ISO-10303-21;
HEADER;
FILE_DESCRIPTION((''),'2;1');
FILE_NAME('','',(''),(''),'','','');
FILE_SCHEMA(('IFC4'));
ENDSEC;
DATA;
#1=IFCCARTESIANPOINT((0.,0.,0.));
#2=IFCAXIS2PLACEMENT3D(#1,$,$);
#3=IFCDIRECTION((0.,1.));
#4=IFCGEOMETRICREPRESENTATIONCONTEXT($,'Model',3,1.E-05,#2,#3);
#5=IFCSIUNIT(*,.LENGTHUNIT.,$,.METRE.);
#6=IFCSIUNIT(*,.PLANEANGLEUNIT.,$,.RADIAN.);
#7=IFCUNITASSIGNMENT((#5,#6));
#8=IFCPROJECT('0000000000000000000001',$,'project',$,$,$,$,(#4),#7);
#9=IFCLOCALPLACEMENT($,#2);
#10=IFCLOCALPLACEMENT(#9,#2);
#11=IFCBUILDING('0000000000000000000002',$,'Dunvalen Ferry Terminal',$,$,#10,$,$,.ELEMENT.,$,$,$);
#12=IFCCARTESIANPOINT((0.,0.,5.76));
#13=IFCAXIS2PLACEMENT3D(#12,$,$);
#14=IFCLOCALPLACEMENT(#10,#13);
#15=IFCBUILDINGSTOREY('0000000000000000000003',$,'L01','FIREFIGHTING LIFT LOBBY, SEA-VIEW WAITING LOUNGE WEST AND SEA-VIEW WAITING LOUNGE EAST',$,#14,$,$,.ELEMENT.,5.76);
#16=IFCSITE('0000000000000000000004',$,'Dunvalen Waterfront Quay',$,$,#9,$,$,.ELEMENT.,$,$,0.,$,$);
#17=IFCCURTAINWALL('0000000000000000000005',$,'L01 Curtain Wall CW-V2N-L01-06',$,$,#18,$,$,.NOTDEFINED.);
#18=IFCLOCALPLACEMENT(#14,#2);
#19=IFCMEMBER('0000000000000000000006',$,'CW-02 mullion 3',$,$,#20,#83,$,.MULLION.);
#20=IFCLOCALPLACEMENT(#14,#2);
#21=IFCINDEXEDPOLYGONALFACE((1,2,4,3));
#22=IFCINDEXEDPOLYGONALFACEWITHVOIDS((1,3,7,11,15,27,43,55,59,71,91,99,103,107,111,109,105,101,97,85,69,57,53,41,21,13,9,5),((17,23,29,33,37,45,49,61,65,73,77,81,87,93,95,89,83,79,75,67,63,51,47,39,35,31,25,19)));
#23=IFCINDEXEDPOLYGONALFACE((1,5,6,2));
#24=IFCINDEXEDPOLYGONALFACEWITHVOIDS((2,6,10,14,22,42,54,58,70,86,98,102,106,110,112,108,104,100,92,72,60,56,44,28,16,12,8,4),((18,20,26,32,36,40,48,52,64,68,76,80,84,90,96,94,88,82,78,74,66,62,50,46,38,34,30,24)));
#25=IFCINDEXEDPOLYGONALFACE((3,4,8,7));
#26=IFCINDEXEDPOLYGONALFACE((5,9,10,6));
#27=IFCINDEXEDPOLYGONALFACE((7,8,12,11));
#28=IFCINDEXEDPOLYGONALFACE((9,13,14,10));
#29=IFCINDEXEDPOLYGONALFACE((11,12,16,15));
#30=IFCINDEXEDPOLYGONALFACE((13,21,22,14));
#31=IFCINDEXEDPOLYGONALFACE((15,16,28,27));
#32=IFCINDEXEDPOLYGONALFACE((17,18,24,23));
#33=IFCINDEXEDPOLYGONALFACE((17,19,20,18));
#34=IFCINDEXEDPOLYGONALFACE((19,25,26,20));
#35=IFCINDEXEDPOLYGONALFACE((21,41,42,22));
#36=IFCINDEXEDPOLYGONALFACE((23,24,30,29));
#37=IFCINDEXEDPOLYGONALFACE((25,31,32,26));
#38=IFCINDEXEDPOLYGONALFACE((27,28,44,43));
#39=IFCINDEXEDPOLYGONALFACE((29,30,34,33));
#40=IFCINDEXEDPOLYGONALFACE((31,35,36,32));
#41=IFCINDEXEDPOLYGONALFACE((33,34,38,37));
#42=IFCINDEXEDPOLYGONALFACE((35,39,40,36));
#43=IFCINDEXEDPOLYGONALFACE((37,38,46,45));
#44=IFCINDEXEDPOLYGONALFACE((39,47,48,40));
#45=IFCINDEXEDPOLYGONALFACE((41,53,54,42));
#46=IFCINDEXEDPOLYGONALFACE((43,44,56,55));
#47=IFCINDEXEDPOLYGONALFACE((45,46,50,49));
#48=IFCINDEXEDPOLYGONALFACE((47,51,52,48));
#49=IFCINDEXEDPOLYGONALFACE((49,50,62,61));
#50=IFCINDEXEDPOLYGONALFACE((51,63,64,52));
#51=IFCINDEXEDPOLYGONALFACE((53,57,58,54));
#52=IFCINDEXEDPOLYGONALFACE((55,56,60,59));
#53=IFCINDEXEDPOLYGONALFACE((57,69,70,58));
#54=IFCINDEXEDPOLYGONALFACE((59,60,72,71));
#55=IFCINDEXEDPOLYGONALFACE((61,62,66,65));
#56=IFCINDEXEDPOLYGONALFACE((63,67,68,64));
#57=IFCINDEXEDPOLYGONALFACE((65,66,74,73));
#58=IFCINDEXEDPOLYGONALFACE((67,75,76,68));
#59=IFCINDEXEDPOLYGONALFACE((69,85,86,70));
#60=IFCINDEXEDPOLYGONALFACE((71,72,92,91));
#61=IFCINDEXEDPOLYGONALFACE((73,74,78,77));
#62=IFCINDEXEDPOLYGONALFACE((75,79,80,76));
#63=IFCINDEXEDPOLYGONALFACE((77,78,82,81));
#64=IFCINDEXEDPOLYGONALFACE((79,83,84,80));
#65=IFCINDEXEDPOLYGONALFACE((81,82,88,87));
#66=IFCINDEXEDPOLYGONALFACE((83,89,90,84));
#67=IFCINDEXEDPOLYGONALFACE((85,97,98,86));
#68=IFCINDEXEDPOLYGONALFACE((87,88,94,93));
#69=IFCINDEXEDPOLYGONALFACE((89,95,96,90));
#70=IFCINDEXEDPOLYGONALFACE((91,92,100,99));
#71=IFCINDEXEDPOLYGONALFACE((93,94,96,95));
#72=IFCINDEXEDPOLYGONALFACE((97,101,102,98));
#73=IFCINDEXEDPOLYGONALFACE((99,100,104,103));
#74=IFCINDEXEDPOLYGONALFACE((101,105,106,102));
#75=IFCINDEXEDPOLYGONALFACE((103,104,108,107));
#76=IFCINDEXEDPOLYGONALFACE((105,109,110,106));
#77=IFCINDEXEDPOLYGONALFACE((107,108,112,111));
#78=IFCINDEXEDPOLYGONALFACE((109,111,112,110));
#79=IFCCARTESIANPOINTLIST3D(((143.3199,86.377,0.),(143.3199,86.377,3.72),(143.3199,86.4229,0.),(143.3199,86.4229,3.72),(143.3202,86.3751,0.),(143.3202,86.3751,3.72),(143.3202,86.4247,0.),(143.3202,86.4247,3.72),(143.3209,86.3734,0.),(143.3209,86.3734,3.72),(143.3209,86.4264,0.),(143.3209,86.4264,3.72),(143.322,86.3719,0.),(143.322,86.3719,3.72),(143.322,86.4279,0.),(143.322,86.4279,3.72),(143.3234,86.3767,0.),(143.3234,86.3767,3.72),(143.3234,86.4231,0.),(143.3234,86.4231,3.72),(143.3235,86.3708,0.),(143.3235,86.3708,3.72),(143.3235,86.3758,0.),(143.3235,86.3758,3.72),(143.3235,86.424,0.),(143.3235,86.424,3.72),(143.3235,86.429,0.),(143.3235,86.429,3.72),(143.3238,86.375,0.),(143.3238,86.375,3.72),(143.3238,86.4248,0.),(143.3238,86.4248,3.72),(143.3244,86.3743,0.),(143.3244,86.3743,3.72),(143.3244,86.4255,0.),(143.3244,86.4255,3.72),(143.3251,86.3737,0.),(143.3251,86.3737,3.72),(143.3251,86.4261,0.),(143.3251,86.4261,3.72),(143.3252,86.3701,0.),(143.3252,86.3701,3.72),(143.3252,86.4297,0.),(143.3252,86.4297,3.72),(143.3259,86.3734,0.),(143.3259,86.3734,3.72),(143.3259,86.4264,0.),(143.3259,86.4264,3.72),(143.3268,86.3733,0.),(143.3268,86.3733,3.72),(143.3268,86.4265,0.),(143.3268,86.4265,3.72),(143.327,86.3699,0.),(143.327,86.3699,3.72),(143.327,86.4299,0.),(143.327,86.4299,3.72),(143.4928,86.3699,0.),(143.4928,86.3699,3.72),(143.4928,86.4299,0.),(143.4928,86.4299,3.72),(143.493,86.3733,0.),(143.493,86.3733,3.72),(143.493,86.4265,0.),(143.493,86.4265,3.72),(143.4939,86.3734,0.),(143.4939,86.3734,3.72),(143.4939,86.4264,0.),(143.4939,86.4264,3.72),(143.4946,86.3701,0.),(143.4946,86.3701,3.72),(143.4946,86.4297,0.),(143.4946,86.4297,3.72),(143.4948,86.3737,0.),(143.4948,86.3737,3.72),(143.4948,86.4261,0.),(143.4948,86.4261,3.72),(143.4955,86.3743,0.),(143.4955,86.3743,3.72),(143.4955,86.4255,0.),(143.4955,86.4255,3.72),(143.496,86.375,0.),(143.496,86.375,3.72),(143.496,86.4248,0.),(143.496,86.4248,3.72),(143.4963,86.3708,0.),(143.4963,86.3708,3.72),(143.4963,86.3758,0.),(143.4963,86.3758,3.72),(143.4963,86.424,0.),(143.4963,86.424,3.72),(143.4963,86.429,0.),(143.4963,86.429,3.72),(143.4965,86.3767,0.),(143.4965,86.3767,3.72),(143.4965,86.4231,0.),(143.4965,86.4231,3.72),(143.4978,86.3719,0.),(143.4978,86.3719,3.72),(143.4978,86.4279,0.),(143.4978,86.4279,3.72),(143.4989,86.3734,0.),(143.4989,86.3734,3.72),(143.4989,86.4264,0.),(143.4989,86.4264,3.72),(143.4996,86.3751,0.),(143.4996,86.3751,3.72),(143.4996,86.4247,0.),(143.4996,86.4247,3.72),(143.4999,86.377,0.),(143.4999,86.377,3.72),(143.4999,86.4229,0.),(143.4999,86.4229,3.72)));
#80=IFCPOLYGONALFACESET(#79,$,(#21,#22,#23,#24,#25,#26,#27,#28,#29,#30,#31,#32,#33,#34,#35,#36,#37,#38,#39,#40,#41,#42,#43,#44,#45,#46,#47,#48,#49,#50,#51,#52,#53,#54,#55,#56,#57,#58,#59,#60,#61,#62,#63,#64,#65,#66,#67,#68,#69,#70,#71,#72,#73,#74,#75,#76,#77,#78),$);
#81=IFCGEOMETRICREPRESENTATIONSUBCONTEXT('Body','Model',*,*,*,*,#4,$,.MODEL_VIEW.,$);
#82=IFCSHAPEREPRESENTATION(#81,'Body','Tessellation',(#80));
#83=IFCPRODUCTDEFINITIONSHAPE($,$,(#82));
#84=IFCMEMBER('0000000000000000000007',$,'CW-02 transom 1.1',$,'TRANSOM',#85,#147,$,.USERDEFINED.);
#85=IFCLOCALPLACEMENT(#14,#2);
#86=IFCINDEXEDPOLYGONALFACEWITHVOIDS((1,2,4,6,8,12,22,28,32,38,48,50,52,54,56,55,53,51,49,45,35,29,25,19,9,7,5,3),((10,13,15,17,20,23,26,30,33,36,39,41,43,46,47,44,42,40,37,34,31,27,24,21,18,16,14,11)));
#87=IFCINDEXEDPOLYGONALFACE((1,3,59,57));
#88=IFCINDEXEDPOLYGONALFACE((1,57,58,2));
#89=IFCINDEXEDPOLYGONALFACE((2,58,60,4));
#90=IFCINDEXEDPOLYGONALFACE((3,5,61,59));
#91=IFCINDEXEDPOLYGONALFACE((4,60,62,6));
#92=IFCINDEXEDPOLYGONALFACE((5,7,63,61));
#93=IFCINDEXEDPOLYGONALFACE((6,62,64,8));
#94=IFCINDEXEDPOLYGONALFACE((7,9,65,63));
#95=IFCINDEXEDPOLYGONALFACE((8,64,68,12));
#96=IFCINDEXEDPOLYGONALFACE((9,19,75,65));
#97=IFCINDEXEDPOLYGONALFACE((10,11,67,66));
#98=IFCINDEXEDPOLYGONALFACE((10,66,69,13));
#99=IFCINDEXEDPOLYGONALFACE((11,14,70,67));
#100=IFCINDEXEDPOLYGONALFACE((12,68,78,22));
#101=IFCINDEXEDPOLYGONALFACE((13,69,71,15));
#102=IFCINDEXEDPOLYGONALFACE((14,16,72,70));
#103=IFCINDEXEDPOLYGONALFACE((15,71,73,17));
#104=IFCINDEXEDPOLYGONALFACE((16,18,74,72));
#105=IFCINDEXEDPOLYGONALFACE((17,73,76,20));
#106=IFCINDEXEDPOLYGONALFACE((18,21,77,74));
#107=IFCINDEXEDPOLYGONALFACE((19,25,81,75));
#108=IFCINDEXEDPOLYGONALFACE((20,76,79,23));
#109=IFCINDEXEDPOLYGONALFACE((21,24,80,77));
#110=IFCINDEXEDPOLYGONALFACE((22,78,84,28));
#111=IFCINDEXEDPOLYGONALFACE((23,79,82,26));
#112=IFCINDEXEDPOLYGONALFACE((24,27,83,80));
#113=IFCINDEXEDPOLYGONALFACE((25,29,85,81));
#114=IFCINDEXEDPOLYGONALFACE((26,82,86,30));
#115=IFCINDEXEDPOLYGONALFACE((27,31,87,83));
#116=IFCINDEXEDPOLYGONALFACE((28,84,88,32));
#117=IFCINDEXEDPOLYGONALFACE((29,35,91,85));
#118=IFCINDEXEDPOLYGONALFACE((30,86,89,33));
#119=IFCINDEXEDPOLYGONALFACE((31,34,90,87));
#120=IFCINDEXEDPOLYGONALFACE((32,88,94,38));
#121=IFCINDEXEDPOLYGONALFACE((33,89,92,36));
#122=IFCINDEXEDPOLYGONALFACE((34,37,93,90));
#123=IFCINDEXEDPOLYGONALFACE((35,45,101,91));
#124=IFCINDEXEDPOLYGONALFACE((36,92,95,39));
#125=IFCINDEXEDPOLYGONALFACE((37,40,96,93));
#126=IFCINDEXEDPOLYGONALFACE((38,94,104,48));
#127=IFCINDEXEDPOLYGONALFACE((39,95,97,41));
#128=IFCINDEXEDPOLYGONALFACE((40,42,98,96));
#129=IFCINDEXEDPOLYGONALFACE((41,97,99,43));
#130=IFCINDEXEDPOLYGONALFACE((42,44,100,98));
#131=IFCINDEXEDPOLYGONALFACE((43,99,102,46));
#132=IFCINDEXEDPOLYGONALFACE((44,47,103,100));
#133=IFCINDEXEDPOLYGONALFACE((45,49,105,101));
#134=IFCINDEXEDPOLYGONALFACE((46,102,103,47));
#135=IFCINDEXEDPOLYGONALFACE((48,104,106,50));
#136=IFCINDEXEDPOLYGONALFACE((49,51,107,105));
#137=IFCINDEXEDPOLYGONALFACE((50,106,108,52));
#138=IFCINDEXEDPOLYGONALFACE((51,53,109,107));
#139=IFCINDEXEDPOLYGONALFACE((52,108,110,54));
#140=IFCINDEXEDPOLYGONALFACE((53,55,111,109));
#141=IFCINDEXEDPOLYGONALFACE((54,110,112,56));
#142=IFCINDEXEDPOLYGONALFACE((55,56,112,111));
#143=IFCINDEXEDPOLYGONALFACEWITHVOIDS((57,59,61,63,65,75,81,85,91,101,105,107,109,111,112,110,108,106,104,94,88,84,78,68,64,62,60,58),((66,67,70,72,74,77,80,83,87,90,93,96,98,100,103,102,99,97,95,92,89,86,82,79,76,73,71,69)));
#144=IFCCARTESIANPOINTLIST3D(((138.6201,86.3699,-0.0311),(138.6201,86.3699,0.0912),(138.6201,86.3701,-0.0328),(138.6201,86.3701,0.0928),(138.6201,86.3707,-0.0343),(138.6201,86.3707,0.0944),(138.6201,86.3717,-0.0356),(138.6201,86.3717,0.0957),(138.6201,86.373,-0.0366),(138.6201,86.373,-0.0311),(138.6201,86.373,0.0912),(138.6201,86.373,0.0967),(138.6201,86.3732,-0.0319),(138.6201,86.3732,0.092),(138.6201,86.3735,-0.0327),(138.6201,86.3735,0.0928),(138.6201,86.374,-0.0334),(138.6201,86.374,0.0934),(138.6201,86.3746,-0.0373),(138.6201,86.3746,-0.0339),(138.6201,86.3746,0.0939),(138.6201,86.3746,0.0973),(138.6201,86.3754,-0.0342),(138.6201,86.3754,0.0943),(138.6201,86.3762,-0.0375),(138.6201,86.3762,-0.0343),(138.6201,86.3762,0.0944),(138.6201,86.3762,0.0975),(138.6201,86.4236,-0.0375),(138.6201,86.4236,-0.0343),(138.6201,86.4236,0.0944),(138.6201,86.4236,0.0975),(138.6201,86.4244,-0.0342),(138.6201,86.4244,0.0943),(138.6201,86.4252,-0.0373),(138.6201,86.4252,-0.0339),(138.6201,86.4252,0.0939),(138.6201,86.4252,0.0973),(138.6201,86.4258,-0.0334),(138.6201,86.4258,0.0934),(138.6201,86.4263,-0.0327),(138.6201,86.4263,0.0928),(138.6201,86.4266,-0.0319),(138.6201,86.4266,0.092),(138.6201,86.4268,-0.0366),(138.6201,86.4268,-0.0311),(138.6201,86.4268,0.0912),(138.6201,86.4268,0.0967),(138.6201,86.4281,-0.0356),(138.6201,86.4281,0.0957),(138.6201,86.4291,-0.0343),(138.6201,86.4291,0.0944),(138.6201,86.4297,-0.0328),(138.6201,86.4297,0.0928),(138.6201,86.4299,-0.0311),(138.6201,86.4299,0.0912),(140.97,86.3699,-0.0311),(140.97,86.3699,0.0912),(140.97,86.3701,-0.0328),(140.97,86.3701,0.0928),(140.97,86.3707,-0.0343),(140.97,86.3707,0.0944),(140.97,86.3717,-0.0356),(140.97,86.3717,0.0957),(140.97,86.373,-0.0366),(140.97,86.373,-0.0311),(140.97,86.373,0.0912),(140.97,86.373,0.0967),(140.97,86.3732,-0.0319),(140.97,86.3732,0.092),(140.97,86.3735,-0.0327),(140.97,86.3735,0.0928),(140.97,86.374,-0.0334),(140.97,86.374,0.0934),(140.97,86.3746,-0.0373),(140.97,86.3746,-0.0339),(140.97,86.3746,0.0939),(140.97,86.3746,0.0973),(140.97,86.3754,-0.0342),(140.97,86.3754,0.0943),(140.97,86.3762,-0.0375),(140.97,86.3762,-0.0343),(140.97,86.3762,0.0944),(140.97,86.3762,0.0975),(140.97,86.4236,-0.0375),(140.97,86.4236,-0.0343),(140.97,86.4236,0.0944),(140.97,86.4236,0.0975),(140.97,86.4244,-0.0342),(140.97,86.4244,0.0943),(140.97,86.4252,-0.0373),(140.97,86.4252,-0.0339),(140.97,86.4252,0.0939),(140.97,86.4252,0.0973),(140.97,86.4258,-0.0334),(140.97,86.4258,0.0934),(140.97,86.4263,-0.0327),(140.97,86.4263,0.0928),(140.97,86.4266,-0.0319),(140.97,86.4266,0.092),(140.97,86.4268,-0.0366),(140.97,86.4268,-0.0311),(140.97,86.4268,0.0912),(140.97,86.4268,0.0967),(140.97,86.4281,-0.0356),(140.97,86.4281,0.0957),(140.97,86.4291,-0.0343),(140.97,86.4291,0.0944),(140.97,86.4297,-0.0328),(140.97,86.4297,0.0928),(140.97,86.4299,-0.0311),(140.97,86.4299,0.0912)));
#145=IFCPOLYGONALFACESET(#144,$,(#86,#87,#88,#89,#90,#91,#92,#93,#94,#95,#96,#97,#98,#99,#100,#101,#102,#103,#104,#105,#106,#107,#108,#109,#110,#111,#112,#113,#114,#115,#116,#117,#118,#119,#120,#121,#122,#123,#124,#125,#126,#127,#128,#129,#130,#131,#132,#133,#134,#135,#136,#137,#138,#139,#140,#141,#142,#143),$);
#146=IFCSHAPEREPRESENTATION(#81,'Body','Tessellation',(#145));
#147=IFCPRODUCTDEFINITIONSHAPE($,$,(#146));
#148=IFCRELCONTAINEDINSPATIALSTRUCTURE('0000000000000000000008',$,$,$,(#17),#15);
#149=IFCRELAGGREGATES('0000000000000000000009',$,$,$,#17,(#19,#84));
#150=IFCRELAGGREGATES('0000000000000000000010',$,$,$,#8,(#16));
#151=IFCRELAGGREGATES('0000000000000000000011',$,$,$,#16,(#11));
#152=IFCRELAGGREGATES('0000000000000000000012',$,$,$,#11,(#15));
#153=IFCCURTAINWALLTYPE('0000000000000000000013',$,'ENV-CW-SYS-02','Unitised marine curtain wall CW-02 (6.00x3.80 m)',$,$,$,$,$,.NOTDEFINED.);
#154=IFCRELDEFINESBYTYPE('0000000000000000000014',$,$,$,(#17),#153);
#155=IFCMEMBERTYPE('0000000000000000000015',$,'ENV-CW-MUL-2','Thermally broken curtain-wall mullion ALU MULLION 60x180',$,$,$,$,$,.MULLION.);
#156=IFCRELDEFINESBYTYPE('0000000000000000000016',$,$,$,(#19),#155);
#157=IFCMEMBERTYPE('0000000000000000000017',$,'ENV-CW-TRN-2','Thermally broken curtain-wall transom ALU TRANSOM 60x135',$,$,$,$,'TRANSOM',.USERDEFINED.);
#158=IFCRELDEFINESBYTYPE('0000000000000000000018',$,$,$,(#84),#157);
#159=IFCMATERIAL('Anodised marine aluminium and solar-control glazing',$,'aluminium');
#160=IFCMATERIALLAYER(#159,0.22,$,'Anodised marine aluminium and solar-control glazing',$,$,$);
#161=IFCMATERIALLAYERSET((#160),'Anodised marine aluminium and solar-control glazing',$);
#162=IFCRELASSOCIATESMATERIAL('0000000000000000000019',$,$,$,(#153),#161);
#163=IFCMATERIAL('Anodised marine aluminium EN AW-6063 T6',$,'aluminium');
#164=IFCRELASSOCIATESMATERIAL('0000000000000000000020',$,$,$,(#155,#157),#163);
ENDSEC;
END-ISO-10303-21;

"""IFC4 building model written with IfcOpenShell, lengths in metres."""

from ifc_helpers import new_model, si_unit, direction, frame, origin, origin_2d, place, context, subcontext, project, spatial, hollow_rectangle, extrude, material, layer, layer_set, material_profile, profile_set, type_object, element, aggregate, save


model = new_model("IFC4")

# Units and contexts
model_context = context("Model", 3, precision=1e-05, world=origin(), true_north=direction((0.0, 1.0)))
body_context = subcontext(model_context, "Body", "Model", "MODEL_VIEW")
ifc_project = project(units=[si_unit("LENGTHUNIT", "METRE"), si_unit("PLANEANGLEUNIT", "RADIAN")], contexts=[model_context])

# Site, building, storey
site_placement = place(None, origin())
site = spatial("IfcSite", under=ifc_project, at=site_placement, Name="Dunvalen Waterfront Quay", CompositionType="ELEMENT", RefElevation=0.0)
building_placement = place(site_placement, origin())
building = spatial("IfcBuilding", under=site, at=building_placement, Name="Dunvalen Ferry Terminal", CompositionType="ELEMENT")
storey_placement = place(building_placement, frame((0.0, 0.0, 5.76)))
storey = spatial("IfcBuildingStorey", under=building, at=storey_placement, Name="L01", Description="FIREFIGHTING LIFT LOBBY, SEA-VIEW WAITING LOUNGE WEST AND SEA-VIEW WAITING LOUNGE EAST", CompositionType="ELEMENT", Elevation=5.76)

# Curtain wall, members
ifc_material_1 = material(Name="Anodised marine aluminium and solar-control glazing", Category="aluminium")
ifc_layer_1 = layer(ifc_material_1, 0.22, Name="Anodised marine aluminium and solar-control glazing")
ifc_layer_set_1 = layer_set([ifc_layer_1], Name="Anodised marine aluminium and solar-control glazing")
curtain_wall_type = type_object("IfcCurtainWallType", Name="ENV-CW-SYS-02", Description="Unitised marine curtain wall CW-02 (6.00x3.80 m)", PredefinedType="NOTDEFINED", material=ifc_layer_set_1)
curtain_wall_placement = place(storey_placement, origin())
curtain_wall = element("IfcCurtainWall", 1, at=curtain_wall_placement, inside=storey, type_object=curtain_wall_type, Name="L01 Curtain Wall CW-V2N-L01-06", PredefinedType="NOTDEFINED")
ifc_material_2 = material(Name="Anodised marine aluminium EN AW-6063 T6", Category="aluminium")
ifc_material_profile_1 = material_profile(ifc_material_2, hollow_rectangle(XDim=0.0601, YDim=0.1799, WallThickness=0.0034, InnerFilletRadius=0.0034, OuterFilletRadius=0.0071, at=origin_2d()), Name="Anodised marine aluminium EN AW-6063 T6")
ifc_profile_set_1 = profile_set([ifc_material_profile_1], Name="Anodised marine aluminium EN AW-6063 T6")
member_type_1 = type_object("IfcMemberType", Name="ENV-CW-MUL-2", Description="Thermally broken curtain-wall mullion ALU MULLION 60x180", PredefinedType="MULLION", material=ifc_profile_set_1)
member_1_placement = place(storey_placement, frame((143.4099, 86.3999, 0.0), z_axis=(0.0, 0.0, 1.0), x_axis=(0.0, 1.0, 0.0)))
member_1 = element("IfcMember", 2, at=member_1_placement, type_object=member_type_1, Name="CW-02 mullion 3", PredefinedType="MULLION", context=body_context, shape_type="SweptSolid", body=[
    extrude(hollow_rectangle(XDim=0.0601, YDim=0.1799, WallThickness=0.0034, InnerFilletRadius=0.0034, OuterFilletRadius=0.0071, at=origin_2d()), origin(), (0.0, 0.0, 1.0), 3.72),
])
ifc_material_profile_2 = material_profile(ifc_material_2, hollow_rectangle(XDim=0.0601, YDim=0.135, WallThickness=0.0032, InnerFilletRadius=0.0032, OuterFilletRadius=0.0063, at=origin_2d()), Name="Anodised marine aluminium EN AW-6063 T6")
ifc_profile_set_2 = profile_set([ifc_material_profile_2], Name="Anodised marine aluminium EN AW-6063 T6")
member_type_2 = type_object("IfcMemberType", Name="ENV-CW-TRN-2", Description="Thermally broken curtain-wall transom ALU TRANSOM 60x135", ElementType="TRANSOM", PredefinedType="USERDEFINED", material=ifc_profile_set_2)
member_2_placement = place(storey_placement, frame((138.6201, 86.3999, 0.03), z_axis=(1.0, 0.0, 0.0), x_axis=(0.0, 1.0, 0.0)))
member_2 = element("IfcMember", 3, at=member_2_placement, type_object=member_type_2, Name="CW-02 transom 1.1", ObjectType="TRANSOM", PredefinedType="USERDEFINED", context=body_context, shape_type="SweptSolid", body=[
    extrude(hollow_rectangle(XDim=0.0601, YDim=0.135, WallThickness=0.0032, InnerFilletRadius=0.0032, OuterFilletRadius=0.0063, at=origin_2d()), origin(), (0.0, 0.0, 1.0), 2.3499),
])

aggregate(curtain_wall, [member_1, member_2])

save(model, "model.ifc")
